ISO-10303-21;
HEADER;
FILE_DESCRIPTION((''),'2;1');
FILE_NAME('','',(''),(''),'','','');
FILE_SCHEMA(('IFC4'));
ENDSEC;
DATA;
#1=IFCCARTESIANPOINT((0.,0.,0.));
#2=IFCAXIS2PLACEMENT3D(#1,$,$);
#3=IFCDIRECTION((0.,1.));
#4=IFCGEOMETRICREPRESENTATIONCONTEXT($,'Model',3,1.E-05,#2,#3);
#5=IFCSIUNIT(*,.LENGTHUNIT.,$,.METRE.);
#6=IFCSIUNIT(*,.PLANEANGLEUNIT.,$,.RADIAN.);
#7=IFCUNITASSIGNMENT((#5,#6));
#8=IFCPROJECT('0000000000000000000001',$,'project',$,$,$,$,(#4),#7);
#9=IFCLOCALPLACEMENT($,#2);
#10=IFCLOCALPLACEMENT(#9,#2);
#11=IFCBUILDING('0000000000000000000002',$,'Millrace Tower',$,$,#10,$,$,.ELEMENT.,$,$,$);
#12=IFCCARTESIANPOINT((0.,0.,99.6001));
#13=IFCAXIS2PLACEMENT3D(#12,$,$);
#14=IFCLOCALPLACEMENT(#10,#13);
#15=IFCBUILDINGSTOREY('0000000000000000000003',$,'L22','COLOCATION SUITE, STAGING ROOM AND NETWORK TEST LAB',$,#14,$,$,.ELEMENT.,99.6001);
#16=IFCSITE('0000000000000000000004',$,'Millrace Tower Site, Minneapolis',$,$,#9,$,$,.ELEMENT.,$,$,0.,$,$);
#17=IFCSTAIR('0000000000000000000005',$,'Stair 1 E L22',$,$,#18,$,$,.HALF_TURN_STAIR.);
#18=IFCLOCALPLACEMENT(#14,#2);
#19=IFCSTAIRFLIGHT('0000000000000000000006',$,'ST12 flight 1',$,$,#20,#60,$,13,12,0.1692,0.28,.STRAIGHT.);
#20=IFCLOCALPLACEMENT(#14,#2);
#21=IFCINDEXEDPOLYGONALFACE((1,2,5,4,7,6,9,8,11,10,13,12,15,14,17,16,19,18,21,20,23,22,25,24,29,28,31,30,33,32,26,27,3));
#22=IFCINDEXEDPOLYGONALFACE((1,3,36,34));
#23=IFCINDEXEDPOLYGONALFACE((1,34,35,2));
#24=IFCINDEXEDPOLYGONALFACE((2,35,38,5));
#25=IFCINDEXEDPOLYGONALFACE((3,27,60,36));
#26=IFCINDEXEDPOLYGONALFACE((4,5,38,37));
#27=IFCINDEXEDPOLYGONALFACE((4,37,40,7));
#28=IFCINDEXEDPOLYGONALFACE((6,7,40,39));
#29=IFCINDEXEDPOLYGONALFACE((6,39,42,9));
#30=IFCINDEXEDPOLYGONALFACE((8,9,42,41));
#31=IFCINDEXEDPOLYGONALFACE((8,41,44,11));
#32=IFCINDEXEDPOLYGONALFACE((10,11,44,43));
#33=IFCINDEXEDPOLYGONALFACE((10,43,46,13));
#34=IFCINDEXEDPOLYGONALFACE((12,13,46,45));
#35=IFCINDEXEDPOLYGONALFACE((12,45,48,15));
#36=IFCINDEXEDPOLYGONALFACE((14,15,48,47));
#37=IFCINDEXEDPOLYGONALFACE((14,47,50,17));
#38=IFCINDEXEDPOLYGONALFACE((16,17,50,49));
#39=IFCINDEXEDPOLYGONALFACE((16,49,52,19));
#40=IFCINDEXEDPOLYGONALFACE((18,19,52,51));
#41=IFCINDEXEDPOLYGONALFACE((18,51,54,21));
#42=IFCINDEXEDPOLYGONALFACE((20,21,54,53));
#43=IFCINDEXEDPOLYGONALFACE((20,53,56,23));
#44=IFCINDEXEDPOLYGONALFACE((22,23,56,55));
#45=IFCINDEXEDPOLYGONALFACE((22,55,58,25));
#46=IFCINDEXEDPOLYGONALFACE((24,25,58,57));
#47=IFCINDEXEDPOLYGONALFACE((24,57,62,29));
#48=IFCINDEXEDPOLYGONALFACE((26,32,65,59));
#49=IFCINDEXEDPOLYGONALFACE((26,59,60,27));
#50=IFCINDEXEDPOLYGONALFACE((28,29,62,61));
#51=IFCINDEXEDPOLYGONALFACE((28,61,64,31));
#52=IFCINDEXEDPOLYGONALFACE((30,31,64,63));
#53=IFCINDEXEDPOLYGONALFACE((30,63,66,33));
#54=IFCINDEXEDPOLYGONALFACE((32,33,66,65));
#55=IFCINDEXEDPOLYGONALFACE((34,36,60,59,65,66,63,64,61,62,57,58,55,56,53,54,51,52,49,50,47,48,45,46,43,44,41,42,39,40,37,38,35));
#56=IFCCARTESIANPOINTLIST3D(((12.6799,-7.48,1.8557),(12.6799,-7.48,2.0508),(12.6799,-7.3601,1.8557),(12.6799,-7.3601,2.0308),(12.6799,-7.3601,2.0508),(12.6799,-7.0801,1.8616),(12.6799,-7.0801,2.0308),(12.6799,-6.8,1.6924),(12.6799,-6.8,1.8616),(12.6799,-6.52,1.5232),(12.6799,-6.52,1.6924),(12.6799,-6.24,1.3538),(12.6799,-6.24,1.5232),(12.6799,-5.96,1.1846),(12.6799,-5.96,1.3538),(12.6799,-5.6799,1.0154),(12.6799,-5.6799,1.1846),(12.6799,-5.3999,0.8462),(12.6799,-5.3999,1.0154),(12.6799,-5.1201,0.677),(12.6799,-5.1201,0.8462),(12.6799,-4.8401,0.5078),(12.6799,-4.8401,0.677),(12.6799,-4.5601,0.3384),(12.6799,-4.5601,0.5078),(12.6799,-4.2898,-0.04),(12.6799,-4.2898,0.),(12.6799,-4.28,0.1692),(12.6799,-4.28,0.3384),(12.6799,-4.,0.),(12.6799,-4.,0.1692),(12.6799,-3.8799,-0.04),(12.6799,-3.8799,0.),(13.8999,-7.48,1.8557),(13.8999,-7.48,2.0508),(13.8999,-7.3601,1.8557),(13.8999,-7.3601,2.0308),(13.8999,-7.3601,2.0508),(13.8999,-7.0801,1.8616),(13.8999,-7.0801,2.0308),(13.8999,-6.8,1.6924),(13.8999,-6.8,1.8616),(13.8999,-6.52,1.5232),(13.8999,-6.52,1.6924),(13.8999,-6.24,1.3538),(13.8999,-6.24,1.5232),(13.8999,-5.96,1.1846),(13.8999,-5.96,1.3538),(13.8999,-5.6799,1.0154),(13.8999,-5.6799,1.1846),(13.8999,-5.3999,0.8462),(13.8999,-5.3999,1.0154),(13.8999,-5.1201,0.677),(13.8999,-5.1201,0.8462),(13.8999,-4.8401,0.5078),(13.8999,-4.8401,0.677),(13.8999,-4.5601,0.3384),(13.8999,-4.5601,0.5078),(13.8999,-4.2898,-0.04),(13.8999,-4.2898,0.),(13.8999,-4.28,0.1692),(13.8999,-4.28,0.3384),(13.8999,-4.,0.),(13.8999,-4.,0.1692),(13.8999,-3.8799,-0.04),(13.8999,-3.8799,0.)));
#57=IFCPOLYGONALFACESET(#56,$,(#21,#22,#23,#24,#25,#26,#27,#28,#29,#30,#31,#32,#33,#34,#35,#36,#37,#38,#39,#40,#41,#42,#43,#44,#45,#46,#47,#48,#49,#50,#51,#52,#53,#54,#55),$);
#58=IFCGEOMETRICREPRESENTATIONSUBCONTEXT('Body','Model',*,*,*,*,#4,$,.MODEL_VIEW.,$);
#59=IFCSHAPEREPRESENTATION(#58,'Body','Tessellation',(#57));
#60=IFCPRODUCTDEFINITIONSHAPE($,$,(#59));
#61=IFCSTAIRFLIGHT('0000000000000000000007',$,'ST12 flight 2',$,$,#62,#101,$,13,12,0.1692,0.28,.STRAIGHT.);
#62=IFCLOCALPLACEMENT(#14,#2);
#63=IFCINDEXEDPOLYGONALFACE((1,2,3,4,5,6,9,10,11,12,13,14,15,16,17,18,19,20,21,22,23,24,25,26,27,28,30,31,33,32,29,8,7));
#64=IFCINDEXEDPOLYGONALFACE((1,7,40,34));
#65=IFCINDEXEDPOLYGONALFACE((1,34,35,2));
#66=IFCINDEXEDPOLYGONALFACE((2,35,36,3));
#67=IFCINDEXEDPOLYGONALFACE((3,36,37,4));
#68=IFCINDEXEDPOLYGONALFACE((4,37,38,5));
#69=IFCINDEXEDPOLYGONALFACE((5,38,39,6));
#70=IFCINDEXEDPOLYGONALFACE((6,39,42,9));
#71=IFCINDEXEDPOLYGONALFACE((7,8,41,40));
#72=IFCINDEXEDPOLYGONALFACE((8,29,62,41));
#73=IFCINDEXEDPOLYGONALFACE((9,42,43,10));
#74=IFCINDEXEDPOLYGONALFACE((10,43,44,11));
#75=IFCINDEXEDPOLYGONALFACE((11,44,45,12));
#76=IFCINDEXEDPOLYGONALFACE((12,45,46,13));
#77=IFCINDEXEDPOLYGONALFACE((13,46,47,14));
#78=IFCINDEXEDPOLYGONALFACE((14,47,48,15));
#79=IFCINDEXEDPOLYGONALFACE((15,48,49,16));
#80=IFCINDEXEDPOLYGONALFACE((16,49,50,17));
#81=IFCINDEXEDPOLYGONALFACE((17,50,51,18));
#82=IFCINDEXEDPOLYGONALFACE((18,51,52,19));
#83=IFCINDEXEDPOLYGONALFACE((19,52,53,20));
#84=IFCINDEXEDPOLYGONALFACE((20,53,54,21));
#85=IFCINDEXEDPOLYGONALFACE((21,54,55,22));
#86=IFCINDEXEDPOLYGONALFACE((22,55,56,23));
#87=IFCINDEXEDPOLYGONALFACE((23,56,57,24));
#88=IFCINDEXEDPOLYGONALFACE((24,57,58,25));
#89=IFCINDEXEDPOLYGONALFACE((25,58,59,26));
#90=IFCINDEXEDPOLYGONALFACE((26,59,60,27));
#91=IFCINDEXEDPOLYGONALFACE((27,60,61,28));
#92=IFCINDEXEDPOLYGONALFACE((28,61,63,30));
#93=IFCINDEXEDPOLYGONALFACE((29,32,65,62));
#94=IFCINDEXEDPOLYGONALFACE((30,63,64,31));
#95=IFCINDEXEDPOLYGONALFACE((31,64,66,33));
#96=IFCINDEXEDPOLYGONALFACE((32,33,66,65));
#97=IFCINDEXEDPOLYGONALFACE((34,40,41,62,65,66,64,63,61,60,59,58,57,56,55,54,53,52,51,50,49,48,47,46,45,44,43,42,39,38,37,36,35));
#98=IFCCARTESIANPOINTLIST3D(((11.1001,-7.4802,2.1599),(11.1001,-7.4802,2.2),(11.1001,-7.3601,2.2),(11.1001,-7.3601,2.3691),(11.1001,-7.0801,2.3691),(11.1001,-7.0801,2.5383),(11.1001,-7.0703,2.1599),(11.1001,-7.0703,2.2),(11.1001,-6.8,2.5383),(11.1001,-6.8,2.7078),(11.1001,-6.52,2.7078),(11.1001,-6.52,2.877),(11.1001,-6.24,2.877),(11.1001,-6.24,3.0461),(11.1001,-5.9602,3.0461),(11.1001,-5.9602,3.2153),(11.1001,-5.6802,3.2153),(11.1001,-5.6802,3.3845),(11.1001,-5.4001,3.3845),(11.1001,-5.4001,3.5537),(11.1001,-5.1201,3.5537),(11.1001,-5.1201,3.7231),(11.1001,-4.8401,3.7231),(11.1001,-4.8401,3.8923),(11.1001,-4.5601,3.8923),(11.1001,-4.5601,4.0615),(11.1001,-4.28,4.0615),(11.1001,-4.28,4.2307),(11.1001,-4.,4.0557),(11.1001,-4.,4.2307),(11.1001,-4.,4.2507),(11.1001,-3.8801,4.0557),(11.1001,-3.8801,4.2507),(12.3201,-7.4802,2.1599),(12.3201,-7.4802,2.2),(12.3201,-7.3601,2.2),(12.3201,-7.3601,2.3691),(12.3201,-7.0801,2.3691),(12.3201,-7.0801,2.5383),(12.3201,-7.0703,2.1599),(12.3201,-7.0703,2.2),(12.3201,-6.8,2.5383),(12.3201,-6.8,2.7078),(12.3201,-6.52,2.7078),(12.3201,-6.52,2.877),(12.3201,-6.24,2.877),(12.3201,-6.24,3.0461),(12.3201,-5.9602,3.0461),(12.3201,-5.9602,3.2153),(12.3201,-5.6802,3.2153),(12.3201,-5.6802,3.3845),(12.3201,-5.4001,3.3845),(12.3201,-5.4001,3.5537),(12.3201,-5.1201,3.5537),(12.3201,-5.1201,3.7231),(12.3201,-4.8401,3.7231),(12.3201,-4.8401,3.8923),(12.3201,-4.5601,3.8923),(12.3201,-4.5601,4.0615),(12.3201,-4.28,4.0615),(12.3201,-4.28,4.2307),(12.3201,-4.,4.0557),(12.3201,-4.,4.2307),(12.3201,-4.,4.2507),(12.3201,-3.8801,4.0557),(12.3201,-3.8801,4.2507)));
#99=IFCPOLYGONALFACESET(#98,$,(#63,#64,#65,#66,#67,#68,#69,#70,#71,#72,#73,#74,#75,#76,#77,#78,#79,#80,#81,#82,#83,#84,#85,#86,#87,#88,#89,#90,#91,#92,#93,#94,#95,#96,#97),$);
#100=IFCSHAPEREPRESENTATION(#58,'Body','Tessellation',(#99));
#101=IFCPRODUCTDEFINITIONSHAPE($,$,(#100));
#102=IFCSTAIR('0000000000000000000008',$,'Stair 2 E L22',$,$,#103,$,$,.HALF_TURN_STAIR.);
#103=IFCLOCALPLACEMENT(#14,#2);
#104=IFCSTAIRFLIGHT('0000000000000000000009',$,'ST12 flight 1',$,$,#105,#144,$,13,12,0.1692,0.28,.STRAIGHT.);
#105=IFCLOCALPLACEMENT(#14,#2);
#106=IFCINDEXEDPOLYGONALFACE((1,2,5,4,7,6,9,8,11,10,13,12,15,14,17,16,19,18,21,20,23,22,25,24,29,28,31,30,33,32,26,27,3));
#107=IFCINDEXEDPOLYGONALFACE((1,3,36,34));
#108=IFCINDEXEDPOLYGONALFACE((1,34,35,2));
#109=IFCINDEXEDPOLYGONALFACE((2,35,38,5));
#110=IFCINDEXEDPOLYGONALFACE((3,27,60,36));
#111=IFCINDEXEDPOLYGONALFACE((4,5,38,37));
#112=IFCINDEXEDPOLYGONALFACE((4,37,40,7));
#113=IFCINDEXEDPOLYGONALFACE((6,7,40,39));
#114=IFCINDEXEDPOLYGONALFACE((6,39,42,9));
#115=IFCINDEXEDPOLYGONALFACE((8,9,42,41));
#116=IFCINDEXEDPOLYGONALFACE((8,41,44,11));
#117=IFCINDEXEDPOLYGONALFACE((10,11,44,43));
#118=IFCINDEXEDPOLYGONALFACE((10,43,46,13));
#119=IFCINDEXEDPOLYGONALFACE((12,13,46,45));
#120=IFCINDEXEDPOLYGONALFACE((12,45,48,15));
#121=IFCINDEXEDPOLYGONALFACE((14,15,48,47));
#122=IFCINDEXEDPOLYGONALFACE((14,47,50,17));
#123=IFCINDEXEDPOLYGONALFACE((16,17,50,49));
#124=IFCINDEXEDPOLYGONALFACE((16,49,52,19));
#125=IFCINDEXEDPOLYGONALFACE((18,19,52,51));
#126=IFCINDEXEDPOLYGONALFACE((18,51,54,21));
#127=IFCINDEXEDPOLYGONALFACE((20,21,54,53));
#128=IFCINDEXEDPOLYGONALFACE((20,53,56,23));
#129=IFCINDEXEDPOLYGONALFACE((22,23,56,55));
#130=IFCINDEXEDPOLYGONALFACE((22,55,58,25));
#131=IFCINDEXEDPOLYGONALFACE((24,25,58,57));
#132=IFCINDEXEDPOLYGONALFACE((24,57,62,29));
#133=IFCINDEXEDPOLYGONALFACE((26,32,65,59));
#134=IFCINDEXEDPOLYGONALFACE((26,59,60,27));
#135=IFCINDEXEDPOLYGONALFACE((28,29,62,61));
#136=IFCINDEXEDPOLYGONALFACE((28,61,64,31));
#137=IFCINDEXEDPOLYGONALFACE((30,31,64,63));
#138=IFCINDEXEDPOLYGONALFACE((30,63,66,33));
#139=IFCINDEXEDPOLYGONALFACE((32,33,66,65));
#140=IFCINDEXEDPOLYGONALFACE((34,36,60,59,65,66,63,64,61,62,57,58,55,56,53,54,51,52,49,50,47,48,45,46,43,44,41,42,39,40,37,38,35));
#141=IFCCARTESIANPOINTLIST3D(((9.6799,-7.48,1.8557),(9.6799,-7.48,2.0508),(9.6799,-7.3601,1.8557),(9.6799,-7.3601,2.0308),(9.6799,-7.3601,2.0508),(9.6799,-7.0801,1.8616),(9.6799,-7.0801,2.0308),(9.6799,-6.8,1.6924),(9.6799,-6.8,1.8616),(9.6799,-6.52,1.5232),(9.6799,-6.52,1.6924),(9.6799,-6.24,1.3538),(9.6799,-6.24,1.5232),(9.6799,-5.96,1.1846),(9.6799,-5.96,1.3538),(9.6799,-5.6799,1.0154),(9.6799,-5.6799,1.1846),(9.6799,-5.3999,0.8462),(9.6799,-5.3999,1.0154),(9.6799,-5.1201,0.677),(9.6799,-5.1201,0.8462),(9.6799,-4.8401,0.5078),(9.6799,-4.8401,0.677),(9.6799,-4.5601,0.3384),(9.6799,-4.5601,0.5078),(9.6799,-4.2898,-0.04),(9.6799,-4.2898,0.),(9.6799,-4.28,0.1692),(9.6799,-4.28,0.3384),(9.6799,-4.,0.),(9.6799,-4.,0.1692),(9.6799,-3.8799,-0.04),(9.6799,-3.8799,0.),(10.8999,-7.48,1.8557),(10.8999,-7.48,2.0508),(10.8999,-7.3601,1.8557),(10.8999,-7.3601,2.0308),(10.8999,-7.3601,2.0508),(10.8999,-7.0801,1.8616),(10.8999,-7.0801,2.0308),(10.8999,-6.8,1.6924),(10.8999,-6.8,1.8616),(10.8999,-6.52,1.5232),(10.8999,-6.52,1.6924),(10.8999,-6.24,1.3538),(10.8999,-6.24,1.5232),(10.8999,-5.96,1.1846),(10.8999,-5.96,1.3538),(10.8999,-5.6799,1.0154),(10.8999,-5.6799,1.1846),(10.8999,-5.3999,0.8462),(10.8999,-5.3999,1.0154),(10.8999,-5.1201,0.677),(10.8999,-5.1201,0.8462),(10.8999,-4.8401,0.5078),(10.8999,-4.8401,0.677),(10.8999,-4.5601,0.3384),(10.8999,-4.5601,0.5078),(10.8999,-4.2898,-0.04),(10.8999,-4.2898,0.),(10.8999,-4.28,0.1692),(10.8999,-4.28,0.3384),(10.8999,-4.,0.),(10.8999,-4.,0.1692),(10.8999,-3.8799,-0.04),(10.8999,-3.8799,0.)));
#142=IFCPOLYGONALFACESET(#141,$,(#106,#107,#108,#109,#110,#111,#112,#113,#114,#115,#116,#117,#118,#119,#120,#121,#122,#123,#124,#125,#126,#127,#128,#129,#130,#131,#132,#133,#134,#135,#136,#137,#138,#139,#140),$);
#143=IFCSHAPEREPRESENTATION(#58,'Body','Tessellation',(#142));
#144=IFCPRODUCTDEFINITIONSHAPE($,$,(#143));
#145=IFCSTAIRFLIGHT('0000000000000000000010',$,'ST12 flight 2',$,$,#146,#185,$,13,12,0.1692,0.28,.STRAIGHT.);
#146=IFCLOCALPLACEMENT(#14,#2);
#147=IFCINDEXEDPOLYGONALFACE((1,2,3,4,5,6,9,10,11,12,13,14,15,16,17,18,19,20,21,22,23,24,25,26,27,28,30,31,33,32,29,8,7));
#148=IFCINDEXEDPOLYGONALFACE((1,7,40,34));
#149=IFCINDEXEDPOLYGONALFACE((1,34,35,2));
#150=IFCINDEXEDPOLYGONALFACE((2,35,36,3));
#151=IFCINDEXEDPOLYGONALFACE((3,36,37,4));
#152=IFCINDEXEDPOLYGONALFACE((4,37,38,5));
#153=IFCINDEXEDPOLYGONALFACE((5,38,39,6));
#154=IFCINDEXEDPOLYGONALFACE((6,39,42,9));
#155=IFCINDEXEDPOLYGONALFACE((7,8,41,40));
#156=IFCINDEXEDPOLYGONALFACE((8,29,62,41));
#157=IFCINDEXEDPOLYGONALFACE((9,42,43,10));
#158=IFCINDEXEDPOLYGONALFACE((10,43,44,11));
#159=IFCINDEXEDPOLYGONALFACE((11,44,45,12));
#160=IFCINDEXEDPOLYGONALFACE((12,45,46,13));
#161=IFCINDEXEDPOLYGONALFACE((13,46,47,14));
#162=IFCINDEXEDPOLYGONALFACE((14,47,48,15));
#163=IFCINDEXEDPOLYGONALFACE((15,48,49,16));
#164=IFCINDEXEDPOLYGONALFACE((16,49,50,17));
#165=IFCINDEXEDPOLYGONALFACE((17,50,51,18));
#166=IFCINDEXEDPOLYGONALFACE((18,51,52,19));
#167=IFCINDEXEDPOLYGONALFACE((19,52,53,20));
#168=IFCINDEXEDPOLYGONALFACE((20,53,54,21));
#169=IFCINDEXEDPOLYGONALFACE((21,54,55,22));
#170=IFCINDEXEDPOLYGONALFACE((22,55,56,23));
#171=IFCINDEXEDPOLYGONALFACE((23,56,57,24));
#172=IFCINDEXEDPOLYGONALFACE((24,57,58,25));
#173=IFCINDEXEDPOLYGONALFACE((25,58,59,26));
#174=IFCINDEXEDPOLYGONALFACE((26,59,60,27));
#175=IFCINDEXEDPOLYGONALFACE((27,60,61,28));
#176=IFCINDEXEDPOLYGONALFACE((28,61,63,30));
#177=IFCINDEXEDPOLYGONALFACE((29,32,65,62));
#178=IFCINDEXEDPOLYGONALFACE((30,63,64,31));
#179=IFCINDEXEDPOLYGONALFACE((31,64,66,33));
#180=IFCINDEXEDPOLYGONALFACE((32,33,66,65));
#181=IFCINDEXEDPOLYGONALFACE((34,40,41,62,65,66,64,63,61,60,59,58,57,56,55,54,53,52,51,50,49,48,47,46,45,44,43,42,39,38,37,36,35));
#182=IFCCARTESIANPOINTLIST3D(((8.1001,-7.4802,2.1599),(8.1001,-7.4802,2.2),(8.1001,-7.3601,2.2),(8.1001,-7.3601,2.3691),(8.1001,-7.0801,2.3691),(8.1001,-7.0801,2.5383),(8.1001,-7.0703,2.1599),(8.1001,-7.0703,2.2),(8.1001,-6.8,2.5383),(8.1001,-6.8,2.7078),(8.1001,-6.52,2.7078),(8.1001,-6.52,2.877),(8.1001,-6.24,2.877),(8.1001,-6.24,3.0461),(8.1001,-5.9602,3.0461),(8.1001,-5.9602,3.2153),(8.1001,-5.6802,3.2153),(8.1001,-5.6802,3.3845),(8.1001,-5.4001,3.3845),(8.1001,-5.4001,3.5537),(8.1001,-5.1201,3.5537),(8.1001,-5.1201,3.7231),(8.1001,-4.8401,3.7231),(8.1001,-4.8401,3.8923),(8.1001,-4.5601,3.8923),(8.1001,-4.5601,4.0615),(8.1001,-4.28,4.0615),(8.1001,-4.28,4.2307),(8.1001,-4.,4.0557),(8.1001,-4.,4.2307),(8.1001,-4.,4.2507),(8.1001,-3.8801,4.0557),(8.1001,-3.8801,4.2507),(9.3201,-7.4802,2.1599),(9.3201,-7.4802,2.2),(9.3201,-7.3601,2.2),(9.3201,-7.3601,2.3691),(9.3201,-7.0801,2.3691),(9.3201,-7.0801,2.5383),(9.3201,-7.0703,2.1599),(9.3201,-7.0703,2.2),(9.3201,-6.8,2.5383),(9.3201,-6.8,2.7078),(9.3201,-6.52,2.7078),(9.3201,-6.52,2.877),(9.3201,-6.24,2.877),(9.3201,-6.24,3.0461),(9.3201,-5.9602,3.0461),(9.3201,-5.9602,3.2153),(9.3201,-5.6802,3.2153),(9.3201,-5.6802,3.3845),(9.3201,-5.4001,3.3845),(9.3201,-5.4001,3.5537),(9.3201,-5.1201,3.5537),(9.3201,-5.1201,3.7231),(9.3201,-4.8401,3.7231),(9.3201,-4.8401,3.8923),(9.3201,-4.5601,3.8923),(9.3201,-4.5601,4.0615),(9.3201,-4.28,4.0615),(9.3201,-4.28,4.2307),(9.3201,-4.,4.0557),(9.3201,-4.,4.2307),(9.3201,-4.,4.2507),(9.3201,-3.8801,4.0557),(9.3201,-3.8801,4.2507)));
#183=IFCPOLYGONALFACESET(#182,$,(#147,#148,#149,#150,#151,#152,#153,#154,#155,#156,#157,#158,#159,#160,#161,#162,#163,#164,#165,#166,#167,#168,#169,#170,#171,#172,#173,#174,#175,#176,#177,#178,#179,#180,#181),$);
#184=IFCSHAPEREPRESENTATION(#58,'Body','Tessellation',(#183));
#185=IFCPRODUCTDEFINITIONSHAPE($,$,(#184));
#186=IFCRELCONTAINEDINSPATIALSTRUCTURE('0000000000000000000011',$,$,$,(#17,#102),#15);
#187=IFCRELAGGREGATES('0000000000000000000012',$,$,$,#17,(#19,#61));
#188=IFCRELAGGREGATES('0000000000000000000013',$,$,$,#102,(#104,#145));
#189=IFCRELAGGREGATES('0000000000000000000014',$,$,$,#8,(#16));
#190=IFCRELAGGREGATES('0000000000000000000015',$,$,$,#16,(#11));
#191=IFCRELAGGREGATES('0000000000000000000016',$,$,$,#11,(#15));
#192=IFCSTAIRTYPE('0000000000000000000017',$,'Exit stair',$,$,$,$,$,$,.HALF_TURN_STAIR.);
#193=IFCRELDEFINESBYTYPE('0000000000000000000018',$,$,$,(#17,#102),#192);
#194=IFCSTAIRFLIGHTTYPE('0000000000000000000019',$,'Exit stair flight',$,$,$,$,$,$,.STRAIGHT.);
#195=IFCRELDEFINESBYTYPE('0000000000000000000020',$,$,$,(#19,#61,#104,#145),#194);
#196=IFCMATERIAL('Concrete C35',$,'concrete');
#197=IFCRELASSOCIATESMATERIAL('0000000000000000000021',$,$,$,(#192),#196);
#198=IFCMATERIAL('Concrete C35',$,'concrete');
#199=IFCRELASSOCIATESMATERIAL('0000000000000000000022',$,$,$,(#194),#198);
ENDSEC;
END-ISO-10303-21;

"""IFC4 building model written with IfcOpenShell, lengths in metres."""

from ifc_helpers import new_model, si_unit, direction, frame, origin, place, context, subcontext, project, spatial, polyline, outline, extrude, material, type_object, element, aggregate, save


model = new_model("IFC4")

# Units and contexts
model_context = context("Model", 3, precision=1e-05, world=origin(), true_north=direction((0.0, 1.0)))
body_context = subcontext(model_context, "Body", "Model", "MODEL_VIEW")
ifc_project = project(units=[si_unit("LENGTHUNIT", "METRE"), si_unit("PLANEANGLEUNIT", "RADIAN")], contexts=[model_context])

# Site, building, storey
site_placement = place(None, origin())
site = spatial("IfcSite", under=ifc_project, at=site_placement, Name="Millrace Tower Site, Minneapolis", CompositionType="ELEMENT", RefElevation=0.0)
building_placement = place(site_placement, origin())
building = spatial("IfcBuilding", under=site, at=building_placement, Name="Millrace Tower", CompositionType="ELEMENT")
storey_placement = place(building_placement, frame((0.0, 0.0, 99.6001)))
storey = spatial("IfcBuildingStorey", under=building, at=storey_placement, Name="L22", Description="COLOCATION SUITE, STAGING ROOM AND NETWORK TEST LAB", CompositionType="ELEMENT", Elevation=99.6001)

# Shared definitions
placement_1 = place(storey_placement, origin())

# Stairs, stair flights
ifc_material_1 = material(Name="Concrete C35", Category="concrete")
stair_type = type_object("IfcStairType", Name="Exit stair", PredefinedType="HALF_TURN_STAIR", material=ifc_material_1)
stair_1 = element("IfcStair", 1, at=placement_1, inside=storey, type_object=stair_type, Name="Stair 1 E L22", PredefinedType="HALF_TURN_STAIR")
ifc_material_2 = material(Name="Concrete C35", Category="concrete")
stair_flight_type = type_object("IfcStairFlightType", Name="Exit stair flight", PredefinedType="STRAIGHT", material=ifc_material_2)
stair_flight_1_placement = place(storey_placement, frame((13.29, -4.0, 0.0), z_axis=(0.0, 0.0, 1.0), x_axis=(0.0, -1.0, 0.0)))
stair_flight_1 = element("IfcStairFlight", 2, at=stair_flight_1_placement, type_object=stair_flight_type, Name="ST12 flight 1", NumberOfRisers=13, NumberOfTreads=12, PredefinedType="STRAIGHT", RiserHeight=0.1692, TreadLength=0.28, context=body_context, shape_type="SweptSolid", body=[
    extrude(outline(polyline([(-0.1201, -0.04), (-0.1201, 0.0), (0.0, 0.0), (0.0, 0.1692), (0.28, 0.1692), (0.28, 0.3384), (0.5601, 0.3384), (0.5601, 0.5078), (0.8401, 0.5078), (0.8401, 0.677), (1.1201, 0.677), (1.1201, 0.8462), (1.3999, 0.8462), (1.3999, 1.0154), (1.6799, 1.0154), (1.6799, 1.1846), (1.96, 1.1846), (1.96, 1.3538), (2.24, 1.3538), (2.24, 1.5232), (2.52, 1.5232), (2.52, 1.6924), (2.8, 1.6924), (2.8, 1.8616), (3.0801, 1.8616), (3.0801, 2.0308), (3.3601, 2.0308), (3.3601, 2.0508), (3.48, 2.0508), (3.48, 1.8557), (3.3601, 1.8557), (0.2898, 0.0), (0.2898, -0.04), (-0.1201, -0.04)])), frame((0.0, 0.6099, 0.0), z_axis=(0.0, -1.0, 0.0), x_axis=(1.0, 0.0, 0.0)), (0.0, 0.0, 1.0), 1.22),
])
stair_flight_2_placement = place(storey_placement, frame((11.71, -7.3601, 2.2), z_axis=(0.0, 0.0, 1.0), x_axis=(0.0, 1.0, 0.0)))
stair_flight_2 = element("IfcStairFlight", 3, at=stair_flight_2_placement, type_object=stair_flight_type, Name="ST12 flight 2", NumberOfRisers=13, NumberOfTreads=12, PredefinedType="STRAIGHT", RiserHeight=0.1692, TreadLength=0.28, context=body_context, shape_type="SweptSolid", body=[
    extrude(outline(polyline([(-0.1201, -0.04), (-0.1201, 0.0), (0.0, 0.0), (0.0, 0.1692), (0.28, 0.1692), (0.28, 0.3384), (0.5601, 0.3384), (0.5601, 0.5078), (0.8401, 0.5078), (0.8401, 0.677), (1.1201, 0.677), (1.1201, 0.8462), (1.3999, 0.8462), (1.3999, 1.0154), (1.6799, 1.0154), (1.6799, 1.1846), (1.96, 1.1846), (1.96, 1.3538), (2.24, 1.3538), (2.24, 1.5232), (2.52, 1.5232), (2.52, 1.6924), (2.8, 1.6924), (2.8, 1.8616), (3.0801, 1.8616), (3.0801, 2.0308), (3.3601, 2.0308), (3.3601, 2.0508), (3.48, 2.0508), (3.48, 1.8557), (3.3601, 1.8557), (0.2898, 0.0), (0.2898, -0.04), (-0.1201, -0.04)])), frame((0.0, 0.6099, 0.0), z_axis=(0.0, -1.0, 0.0), x_axis=(1.0, 0.0, 0.0)), (0.0, 0.0, 1.0), 1.22),
])
aggregate(stair_1, [stair_flight_1, stair_flight_2])
stair_2 = element("IfcStair", 4, at=placement_1, inside=storey, type_object=stair_type, Name="Stair 2 E L22", PredefinedType="HALF_TURN_STAIR")
stair_flight_3_placement = place(storey_placement, frame((10.29, -4.0, 0.0), z_axis=(0.0, 0.0, 1.0), x_axis=(0.0, -1.0, 0.0)))
stair_flight_3 = element("IfcStairFlight", 5, at=stair_flight_3_placement, type_object=stair_flight_type, Name="ST12 flight 1", NumberOfRisers=13, NumberOfTreads=12, PredefinedType="STRAIGHT", RiserHeight=0.1692, TreadLength=0.28, context=body_context, shape_type="SweptSolid", body=[
    extrude(outline(polyline([(-0.1201, -0.04), (-0.1201, 0.0), (0.0, 0.0), (0.0, 0.1692), (0.28, 0.1692), (0.28, 0.3384), (0.5601, 0.3384), (0.5601, 0.5078), (0.8401, 0.5078), (0.8401, 0.677), (1.1201, 0.677), (1.1201, 0.8462), (1.3999, 0.8462), (1.3999, 1.0154), (1.6799, 1.0154), (1.6799, 1.1846), (1.96, 1.1846), (1.96, 1.3538), (2.24, 1.3538), (2.24, 1.5232), (2.52, 1.5232), (2.52, 1.6924), (2.8, 1.6924), (2.8, 1.8616), (3.0801, 1.8616), (3.0801, 2.0308), (3.3601, 2.0308), (3.3601, 2.0508), (3.48, 2.0508), (3.48, 1.8557), (3.3601, 1.8557), (0.2898, 0.0), (0.2898, -0.04), (-0.1201, -0.04)])), frame((0.0, 0.6099, 0.0), z_axis=(0.0, -1.0, 0.0), x_axis=(1.0, 0.0, 0.0)), (0.0, 0.0, 1.0), 1.22),
])
stair_flight_4_placement = place(storey_placement, frame((8.71, -7.3601, 2.2), z_axis=(0.0, 0.0, 1.0), x_axis=(0.0, 1.0, 0.0)))
stair_flight_4 = element("IfcStairFlight", 6, at=stair_flight_4_placement, type_object=stair_flight_type, Name="ST12 flight 2", NumberOfRisers=13, NumberOfTreads=12, PredefinedType="STRAIGHT", RiserHeight=0.1692, TreadLength=0.28, context=body_context, shape_type="SweptSolid", body=[
    extrude(outline(polyline([(-0.1201, -0.04), (-0.1201, 0.0), (0.0, 0.0), (0.0, 0.1692), (0.28, 0.1692), (0.28, 0.3384), (0.5601, 0.3384), (0.5601, 0.5078), (0.8401, 0.5078), (0.8401, 0.677), (1.1201, 0.677), (1.1201, 0.8462), (1.3999, 0.8462), (1.3999, 1.0154), (1.6799, 1.0154), (1.6799, 1.1846), (1.96, 1.1846), (1.96, 1.3538), (2.24, 1.3538), (2.24, 1.5232), (2.52, 1.5232), (2.52, 1.6924), (2.8, 1.6924), (2.8, 1.8616), (3.0801, 1.8616), (3.0801, 2.0308), (3.3601, 2.0308), (3.3601, 2.0508), (3.48, 2.0508), (3.48, 1.8557), (3.3601, 1.8557), (0.2898, 0.0), (0.2898, -0.04), (-0.1201, -0.04)])), frame((0.0, 0.6099, 0.0), z_axis=(0.0, -1.0, 0.0), x_axis=(1.0, 0.0, 0.0)), (0.0, 0.0, 1.0), 1.22),
])
aggregate(stair_2, [stair_flight_3, stair_flight_4])

save(model, "model.ifc")
